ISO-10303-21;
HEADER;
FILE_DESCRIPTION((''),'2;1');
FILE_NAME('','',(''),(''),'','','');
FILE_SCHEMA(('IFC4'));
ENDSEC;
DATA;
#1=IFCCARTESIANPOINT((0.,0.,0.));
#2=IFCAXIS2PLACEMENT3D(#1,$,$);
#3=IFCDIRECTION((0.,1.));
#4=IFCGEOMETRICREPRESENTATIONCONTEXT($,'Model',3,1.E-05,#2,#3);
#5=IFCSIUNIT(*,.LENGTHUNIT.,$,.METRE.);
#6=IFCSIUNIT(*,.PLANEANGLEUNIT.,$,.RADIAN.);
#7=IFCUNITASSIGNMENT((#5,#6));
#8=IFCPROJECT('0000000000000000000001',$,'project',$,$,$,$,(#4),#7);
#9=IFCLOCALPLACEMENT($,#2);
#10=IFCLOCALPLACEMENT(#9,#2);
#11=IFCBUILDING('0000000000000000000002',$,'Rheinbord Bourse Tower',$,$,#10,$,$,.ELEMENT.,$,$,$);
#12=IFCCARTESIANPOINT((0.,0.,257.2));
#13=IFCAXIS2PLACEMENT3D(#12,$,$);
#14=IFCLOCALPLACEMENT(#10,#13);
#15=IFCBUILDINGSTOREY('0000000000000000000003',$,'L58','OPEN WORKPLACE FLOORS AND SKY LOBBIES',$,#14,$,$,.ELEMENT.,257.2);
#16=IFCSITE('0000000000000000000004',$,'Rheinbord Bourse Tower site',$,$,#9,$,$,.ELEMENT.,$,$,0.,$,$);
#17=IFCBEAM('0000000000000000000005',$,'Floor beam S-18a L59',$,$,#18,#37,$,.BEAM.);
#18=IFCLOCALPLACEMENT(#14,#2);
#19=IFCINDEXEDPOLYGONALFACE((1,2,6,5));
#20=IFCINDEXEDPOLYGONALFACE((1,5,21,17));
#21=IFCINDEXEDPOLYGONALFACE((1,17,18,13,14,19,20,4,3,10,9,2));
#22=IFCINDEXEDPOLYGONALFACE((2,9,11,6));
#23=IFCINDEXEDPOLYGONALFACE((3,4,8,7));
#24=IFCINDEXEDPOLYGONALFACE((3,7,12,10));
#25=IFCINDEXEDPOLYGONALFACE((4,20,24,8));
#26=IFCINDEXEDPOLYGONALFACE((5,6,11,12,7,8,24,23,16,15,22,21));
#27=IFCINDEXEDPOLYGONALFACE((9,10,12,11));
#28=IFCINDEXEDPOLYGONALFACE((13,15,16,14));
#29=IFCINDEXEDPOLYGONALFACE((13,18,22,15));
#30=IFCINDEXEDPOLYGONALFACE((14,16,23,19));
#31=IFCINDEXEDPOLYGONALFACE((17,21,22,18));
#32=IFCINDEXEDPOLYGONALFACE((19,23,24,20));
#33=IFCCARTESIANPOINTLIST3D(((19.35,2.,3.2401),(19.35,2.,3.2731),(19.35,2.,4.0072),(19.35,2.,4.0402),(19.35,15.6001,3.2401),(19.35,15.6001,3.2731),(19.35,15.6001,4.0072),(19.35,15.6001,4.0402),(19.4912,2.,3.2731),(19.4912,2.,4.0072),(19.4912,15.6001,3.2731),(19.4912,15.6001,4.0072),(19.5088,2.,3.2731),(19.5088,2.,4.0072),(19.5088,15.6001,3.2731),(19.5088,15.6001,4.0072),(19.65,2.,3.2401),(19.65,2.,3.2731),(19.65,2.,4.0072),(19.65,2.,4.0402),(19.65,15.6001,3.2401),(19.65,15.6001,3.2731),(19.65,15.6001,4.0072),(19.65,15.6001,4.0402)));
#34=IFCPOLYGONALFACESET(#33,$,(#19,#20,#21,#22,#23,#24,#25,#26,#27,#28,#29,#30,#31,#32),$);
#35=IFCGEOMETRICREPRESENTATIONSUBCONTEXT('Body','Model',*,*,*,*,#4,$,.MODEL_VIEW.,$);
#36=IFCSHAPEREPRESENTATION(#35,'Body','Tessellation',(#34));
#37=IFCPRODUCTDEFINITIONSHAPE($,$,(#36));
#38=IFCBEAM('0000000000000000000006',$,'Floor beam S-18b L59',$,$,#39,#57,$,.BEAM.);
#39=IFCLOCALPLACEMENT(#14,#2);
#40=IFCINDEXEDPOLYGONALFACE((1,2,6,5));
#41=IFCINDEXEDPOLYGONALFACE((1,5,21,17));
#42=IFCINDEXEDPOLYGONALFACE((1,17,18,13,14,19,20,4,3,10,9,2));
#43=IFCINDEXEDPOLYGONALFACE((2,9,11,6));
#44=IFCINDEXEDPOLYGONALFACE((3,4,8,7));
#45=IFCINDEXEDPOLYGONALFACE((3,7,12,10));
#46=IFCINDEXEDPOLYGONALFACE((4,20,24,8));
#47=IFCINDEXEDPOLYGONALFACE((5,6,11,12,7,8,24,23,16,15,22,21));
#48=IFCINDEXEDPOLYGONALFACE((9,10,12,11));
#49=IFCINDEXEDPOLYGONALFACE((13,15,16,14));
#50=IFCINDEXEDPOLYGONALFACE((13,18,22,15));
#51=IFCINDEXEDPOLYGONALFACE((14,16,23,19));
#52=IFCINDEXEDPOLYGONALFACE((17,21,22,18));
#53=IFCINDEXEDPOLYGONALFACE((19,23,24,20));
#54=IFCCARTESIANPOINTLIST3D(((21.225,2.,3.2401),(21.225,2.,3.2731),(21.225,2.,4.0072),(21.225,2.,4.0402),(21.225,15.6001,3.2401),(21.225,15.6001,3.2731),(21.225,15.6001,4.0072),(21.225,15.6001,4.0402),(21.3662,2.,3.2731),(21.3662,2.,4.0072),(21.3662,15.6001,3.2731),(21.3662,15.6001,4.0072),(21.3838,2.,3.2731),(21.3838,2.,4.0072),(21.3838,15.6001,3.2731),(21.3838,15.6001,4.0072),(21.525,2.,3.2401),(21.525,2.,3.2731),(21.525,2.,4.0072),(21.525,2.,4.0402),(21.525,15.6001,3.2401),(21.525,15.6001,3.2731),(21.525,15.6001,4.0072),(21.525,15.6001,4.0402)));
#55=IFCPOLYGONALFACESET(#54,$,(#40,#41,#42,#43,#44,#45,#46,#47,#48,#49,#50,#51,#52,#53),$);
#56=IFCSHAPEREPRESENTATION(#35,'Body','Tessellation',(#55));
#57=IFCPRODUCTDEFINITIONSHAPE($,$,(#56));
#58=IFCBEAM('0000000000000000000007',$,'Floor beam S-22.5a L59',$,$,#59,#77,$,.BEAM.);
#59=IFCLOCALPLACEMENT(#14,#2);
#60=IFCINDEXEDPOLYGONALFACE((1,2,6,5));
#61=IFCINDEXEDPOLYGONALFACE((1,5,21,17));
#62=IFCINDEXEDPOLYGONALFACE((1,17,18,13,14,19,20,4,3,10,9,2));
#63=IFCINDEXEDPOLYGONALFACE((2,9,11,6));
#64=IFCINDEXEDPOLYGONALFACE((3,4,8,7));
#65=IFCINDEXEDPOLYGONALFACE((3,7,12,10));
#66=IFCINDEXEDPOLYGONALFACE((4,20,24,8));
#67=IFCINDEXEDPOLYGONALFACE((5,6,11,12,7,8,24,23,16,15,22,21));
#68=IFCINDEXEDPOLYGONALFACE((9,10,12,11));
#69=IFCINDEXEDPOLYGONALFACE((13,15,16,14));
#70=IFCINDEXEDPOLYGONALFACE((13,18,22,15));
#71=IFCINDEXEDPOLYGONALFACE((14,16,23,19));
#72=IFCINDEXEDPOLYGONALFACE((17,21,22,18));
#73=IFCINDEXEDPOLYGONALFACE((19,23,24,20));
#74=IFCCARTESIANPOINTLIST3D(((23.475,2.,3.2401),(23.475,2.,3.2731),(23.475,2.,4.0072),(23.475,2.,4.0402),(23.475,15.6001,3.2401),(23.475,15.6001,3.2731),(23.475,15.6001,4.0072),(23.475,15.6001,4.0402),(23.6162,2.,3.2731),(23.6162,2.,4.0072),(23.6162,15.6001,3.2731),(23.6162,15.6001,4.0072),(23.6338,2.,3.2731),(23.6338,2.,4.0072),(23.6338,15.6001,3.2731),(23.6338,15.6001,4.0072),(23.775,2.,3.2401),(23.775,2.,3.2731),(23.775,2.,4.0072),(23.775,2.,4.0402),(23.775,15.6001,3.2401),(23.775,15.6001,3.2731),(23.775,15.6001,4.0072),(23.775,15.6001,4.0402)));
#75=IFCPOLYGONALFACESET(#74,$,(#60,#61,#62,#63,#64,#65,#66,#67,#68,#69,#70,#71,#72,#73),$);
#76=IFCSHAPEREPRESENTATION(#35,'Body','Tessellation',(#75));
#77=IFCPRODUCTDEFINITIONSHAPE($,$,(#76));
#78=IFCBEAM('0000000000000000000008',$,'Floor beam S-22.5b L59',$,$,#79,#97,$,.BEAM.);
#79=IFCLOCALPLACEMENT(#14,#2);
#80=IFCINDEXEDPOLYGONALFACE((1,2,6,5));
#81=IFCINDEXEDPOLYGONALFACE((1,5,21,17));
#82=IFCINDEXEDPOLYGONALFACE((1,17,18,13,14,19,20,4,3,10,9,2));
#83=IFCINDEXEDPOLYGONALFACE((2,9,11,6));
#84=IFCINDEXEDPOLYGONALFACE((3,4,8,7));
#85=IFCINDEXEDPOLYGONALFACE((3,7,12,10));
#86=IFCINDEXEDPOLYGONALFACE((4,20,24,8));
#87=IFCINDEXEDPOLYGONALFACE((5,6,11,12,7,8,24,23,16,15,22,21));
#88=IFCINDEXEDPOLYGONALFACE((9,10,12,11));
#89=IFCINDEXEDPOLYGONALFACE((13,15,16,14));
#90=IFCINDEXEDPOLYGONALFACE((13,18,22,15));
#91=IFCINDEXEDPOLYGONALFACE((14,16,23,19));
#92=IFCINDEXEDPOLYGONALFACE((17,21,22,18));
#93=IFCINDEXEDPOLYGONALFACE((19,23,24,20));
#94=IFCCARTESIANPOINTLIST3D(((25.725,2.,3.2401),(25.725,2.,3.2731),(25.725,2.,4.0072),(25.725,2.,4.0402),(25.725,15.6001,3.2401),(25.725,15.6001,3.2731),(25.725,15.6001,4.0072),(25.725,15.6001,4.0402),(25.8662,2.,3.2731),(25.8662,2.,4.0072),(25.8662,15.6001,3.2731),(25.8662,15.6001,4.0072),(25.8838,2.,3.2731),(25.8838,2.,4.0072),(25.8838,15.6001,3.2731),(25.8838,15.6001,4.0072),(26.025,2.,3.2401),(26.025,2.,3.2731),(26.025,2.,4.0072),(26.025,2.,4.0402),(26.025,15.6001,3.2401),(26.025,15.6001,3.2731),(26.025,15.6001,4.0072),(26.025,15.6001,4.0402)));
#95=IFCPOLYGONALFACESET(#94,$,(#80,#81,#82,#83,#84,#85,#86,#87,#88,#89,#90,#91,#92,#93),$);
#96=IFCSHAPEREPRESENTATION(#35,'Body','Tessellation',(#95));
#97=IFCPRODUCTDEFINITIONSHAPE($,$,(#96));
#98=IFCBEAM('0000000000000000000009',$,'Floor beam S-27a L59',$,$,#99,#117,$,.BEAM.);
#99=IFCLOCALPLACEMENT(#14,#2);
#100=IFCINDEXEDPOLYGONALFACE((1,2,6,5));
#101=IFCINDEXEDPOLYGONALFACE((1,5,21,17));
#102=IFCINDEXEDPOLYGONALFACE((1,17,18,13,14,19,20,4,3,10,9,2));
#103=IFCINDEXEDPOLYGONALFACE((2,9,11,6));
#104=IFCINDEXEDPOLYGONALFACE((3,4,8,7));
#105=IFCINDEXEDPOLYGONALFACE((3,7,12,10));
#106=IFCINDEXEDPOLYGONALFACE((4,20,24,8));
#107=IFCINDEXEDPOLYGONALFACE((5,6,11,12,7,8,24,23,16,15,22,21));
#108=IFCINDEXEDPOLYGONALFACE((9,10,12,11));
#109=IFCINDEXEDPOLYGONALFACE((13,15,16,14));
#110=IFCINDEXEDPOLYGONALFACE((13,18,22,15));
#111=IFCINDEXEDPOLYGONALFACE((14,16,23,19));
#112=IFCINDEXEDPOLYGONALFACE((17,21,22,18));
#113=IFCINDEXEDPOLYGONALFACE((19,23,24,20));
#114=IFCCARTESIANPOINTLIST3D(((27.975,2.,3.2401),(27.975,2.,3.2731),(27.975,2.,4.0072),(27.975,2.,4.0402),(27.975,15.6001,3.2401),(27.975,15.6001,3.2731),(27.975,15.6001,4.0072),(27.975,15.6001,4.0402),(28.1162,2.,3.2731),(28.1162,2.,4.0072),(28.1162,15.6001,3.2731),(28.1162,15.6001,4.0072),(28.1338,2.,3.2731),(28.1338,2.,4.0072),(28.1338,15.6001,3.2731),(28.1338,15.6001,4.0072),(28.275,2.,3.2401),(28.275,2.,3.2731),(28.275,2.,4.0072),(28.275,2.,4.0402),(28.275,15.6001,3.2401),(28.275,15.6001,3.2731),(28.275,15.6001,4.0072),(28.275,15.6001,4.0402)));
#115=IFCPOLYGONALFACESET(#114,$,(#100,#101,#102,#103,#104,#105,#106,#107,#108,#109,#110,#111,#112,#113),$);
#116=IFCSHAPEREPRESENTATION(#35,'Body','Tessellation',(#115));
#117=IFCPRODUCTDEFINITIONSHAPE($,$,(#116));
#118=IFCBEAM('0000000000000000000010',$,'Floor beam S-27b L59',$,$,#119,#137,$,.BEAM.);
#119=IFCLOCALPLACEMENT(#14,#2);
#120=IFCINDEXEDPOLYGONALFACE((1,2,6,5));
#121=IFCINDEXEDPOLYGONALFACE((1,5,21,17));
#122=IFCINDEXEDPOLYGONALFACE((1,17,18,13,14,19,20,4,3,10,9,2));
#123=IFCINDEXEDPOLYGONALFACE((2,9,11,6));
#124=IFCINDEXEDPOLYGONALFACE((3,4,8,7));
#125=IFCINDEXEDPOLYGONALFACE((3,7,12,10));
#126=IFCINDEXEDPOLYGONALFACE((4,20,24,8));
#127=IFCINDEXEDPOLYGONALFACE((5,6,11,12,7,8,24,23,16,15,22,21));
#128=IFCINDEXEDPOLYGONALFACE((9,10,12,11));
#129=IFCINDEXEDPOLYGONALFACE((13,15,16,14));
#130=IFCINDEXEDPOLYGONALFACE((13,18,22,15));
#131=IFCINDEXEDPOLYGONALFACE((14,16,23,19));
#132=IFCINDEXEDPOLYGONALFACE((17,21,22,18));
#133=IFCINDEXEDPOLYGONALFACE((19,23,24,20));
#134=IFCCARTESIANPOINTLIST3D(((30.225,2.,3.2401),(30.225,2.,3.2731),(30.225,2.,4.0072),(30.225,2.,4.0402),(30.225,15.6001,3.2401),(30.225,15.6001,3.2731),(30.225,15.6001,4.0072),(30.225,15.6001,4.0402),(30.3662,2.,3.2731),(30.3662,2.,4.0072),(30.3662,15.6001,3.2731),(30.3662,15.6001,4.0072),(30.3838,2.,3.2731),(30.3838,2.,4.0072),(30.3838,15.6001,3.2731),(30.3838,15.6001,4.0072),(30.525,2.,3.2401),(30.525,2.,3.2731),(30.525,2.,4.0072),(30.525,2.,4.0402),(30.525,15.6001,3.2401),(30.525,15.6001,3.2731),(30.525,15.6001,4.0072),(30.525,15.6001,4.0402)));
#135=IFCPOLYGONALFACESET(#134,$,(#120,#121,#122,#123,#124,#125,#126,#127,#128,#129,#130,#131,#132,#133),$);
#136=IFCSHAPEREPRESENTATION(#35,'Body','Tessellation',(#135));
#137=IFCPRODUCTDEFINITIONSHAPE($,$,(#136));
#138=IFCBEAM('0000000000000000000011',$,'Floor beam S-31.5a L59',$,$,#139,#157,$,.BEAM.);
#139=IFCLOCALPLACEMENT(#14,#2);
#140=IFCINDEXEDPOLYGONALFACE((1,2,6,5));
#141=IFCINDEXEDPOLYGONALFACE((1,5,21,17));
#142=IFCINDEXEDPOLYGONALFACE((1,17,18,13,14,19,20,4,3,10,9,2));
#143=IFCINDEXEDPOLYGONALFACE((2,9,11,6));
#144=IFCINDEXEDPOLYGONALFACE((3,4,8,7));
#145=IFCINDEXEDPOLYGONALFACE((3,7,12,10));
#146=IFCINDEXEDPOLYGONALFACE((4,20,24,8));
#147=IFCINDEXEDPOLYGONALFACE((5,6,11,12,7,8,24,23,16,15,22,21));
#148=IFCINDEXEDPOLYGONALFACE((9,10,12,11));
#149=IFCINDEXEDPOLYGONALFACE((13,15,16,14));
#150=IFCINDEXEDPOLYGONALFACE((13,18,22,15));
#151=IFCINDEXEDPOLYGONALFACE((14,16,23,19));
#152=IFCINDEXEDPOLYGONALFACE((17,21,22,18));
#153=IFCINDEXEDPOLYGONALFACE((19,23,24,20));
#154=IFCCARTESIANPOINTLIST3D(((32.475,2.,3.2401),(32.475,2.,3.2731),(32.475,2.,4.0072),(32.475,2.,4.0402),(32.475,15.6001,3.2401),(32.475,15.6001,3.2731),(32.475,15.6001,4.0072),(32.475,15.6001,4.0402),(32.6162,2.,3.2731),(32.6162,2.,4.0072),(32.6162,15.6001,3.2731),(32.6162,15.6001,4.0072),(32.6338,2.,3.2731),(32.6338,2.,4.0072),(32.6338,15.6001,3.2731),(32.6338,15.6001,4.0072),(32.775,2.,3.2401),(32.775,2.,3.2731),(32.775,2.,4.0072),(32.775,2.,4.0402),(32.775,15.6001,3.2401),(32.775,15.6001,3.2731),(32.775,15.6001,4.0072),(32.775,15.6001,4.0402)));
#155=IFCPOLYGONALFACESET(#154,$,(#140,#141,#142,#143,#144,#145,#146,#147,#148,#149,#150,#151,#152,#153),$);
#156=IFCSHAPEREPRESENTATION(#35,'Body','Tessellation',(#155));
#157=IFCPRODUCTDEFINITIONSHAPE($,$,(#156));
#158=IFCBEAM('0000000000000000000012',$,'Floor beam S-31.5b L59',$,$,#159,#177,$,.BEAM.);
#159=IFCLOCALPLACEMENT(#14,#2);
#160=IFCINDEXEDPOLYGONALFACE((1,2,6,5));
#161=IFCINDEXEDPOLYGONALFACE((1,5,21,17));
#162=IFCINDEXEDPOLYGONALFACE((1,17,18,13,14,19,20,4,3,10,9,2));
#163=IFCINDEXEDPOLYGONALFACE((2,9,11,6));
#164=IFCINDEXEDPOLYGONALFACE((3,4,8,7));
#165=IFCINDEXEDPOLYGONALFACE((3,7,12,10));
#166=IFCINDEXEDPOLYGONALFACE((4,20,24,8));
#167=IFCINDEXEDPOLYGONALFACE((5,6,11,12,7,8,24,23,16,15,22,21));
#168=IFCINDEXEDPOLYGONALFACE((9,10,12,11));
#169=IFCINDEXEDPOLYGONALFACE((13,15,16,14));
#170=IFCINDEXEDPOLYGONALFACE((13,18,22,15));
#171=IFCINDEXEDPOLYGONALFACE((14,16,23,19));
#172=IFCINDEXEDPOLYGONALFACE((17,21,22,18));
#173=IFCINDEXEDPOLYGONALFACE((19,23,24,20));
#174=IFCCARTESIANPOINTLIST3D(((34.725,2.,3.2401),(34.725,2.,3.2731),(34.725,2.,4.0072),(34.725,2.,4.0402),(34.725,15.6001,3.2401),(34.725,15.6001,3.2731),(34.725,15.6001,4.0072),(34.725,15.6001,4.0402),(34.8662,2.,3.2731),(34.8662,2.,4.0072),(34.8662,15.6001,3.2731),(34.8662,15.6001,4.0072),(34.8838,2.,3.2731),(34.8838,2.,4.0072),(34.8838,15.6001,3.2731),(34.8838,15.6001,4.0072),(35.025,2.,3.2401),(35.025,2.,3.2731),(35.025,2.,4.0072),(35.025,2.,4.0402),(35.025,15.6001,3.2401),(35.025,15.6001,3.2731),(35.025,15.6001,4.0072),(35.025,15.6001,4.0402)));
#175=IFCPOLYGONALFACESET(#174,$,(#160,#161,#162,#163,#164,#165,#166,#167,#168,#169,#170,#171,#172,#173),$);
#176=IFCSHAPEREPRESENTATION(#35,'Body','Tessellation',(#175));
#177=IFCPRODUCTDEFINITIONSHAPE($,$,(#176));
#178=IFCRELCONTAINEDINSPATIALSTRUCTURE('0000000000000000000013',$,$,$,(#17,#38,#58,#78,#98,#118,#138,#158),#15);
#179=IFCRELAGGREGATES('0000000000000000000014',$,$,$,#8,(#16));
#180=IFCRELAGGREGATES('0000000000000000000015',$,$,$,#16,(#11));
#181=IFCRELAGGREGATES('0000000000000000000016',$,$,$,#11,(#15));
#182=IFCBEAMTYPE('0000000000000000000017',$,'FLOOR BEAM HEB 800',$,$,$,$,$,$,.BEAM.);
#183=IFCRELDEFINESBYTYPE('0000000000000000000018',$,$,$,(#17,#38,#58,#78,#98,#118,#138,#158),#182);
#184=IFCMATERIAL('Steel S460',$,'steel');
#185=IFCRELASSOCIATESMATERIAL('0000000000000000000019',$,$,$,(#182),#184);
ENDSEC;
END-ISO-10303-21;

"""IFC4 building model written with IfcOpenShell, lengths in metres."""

from ifc_helpers import new_model, si_unit, direction, frame, origin, origin_2d, place, context, subcontext, project, spatial, i_section, extrude, material, material_profile, profile_set, type_object, element, save


model = new_model("IFC4")

# Units and contexts
model_context = context("Model", 3, precision=1e-05, world=origin(), true_north=direction((0.0, 1.0)))
body_context = subcontext(model_context, "Body", "Model", "MODEL_VIEW")
ifc_project = project(units=[si_unit("LENGTHUNIT", "METRE"), si_unit("PLANEANGLEUNIT", "RADIAN")], contexts=[model_context])

# Site, building, storey
site_placement = place(None, origin())
site = spatial("IfcSite", under=ifc_project, at=site_placement, Name="Rheinbord Bourse Tower site", CompositionType="ELEMENT", RefElevation=0.0)
building_placement = place(site_placement, origin())
building = spatial("IfcBuilding", under=site, at=building_placement, Name="Rheinbord Bourse Tower", CompositionType="ELEMENT")
storey_placement = place(building_placement, frame((0.0, 0.0, 257.2)))
storey = spatial("IfcBuildingStorey", under=building, at=storey_placement, Name="L58", Description="OPEN WORKPLACE FLOORS AND SKY LOBBIES", CompositionType="ELEMENT", Elevation=257.2)

# Beams
ifc_material_1 = material(Name="Steel S460", Category="steel")
ifc_material_profile_1 = material_profile(ifc_material_1, i_section(OverallWidth=0.3, OverallDepth=0.8, WebThickness=0.0176, FlangeThickness=0.033, at=origin_2d()), Name="HEB 800")
ifc_profile_set_1 = profile_set([ifc_material_profile_1], Name="Steel S460")
beam_type_1 = type_object("IfcBeamType", Name="FLOOR BEAM HEB 800", PredefinedType="BEAM", material=ifc_profile_set_1)
for number, where, z_axis, x_axis, name in (
    (1, (19.5, 2.0, 3.6401), (0.0, 1.0, 0.0), (-1.0, 0.0, 0.0), "Floor beam S-18a L59"),
    (2, (21.375, 2.0, 3.6401), (0.0, 1.0, 0.0), (-1.0, 0.0, 0.0), "Floor beam S-18b L59"),
    (3, (23.625, 2.0, 3.6401), (0.0, 1.0, 0.0), (-1.0, 0.0, 0.0), "Floor beam S-22.5a L59"),
    (4, (25.875, 2.0, 3.6401), (0.0, 1.0, 0.0), (-1.0, 0.0, 0.0), "Floor beam S-22.5b L59"),
    (5, (28.125, 2.0, 3.6401), (0.0, 1.0, 0.0), (-1.0, 0.0, 0.0), "Floor beam S-27a L59"),
    (6, (30.375, 2.0, 3.6401), (0.0, 1.0, 0.0), (-1.0, 0.0, 0.0), "Floor beam S-27b L59"),
    (7, (32.625, 2.0, 3.6401), (0.0, 1.0, 0.0), (-1.0, 0.0, 0.0), "Floor beam S-31.5a L59"),
    (8, (34.875, 2.0, 3.6401), (0.0, 1.0, 0.0), (-1.0, 0.0, 0.0), "Floor beam S-31.5b L59"),
):
    element("IfcBeam", number, at=place(storey_placement, frame(where, z_axis=z_axis, x_axis=x_axis)), inside=storey, type_object=beam_type_1, Name=name, PredefinedType="BEAM", context=body_context, shape_type="SweptSolid", body=[
        extrude(i_section(OverallWidth=0.3, OverallDepth=0.8, WebThickness=0.0176, FlangeThickness=0.033, at=origin_2d()), origin(), (0.0, 0.0, 1.0), 13.6001),
    ])

save(model, "model.ifc")
